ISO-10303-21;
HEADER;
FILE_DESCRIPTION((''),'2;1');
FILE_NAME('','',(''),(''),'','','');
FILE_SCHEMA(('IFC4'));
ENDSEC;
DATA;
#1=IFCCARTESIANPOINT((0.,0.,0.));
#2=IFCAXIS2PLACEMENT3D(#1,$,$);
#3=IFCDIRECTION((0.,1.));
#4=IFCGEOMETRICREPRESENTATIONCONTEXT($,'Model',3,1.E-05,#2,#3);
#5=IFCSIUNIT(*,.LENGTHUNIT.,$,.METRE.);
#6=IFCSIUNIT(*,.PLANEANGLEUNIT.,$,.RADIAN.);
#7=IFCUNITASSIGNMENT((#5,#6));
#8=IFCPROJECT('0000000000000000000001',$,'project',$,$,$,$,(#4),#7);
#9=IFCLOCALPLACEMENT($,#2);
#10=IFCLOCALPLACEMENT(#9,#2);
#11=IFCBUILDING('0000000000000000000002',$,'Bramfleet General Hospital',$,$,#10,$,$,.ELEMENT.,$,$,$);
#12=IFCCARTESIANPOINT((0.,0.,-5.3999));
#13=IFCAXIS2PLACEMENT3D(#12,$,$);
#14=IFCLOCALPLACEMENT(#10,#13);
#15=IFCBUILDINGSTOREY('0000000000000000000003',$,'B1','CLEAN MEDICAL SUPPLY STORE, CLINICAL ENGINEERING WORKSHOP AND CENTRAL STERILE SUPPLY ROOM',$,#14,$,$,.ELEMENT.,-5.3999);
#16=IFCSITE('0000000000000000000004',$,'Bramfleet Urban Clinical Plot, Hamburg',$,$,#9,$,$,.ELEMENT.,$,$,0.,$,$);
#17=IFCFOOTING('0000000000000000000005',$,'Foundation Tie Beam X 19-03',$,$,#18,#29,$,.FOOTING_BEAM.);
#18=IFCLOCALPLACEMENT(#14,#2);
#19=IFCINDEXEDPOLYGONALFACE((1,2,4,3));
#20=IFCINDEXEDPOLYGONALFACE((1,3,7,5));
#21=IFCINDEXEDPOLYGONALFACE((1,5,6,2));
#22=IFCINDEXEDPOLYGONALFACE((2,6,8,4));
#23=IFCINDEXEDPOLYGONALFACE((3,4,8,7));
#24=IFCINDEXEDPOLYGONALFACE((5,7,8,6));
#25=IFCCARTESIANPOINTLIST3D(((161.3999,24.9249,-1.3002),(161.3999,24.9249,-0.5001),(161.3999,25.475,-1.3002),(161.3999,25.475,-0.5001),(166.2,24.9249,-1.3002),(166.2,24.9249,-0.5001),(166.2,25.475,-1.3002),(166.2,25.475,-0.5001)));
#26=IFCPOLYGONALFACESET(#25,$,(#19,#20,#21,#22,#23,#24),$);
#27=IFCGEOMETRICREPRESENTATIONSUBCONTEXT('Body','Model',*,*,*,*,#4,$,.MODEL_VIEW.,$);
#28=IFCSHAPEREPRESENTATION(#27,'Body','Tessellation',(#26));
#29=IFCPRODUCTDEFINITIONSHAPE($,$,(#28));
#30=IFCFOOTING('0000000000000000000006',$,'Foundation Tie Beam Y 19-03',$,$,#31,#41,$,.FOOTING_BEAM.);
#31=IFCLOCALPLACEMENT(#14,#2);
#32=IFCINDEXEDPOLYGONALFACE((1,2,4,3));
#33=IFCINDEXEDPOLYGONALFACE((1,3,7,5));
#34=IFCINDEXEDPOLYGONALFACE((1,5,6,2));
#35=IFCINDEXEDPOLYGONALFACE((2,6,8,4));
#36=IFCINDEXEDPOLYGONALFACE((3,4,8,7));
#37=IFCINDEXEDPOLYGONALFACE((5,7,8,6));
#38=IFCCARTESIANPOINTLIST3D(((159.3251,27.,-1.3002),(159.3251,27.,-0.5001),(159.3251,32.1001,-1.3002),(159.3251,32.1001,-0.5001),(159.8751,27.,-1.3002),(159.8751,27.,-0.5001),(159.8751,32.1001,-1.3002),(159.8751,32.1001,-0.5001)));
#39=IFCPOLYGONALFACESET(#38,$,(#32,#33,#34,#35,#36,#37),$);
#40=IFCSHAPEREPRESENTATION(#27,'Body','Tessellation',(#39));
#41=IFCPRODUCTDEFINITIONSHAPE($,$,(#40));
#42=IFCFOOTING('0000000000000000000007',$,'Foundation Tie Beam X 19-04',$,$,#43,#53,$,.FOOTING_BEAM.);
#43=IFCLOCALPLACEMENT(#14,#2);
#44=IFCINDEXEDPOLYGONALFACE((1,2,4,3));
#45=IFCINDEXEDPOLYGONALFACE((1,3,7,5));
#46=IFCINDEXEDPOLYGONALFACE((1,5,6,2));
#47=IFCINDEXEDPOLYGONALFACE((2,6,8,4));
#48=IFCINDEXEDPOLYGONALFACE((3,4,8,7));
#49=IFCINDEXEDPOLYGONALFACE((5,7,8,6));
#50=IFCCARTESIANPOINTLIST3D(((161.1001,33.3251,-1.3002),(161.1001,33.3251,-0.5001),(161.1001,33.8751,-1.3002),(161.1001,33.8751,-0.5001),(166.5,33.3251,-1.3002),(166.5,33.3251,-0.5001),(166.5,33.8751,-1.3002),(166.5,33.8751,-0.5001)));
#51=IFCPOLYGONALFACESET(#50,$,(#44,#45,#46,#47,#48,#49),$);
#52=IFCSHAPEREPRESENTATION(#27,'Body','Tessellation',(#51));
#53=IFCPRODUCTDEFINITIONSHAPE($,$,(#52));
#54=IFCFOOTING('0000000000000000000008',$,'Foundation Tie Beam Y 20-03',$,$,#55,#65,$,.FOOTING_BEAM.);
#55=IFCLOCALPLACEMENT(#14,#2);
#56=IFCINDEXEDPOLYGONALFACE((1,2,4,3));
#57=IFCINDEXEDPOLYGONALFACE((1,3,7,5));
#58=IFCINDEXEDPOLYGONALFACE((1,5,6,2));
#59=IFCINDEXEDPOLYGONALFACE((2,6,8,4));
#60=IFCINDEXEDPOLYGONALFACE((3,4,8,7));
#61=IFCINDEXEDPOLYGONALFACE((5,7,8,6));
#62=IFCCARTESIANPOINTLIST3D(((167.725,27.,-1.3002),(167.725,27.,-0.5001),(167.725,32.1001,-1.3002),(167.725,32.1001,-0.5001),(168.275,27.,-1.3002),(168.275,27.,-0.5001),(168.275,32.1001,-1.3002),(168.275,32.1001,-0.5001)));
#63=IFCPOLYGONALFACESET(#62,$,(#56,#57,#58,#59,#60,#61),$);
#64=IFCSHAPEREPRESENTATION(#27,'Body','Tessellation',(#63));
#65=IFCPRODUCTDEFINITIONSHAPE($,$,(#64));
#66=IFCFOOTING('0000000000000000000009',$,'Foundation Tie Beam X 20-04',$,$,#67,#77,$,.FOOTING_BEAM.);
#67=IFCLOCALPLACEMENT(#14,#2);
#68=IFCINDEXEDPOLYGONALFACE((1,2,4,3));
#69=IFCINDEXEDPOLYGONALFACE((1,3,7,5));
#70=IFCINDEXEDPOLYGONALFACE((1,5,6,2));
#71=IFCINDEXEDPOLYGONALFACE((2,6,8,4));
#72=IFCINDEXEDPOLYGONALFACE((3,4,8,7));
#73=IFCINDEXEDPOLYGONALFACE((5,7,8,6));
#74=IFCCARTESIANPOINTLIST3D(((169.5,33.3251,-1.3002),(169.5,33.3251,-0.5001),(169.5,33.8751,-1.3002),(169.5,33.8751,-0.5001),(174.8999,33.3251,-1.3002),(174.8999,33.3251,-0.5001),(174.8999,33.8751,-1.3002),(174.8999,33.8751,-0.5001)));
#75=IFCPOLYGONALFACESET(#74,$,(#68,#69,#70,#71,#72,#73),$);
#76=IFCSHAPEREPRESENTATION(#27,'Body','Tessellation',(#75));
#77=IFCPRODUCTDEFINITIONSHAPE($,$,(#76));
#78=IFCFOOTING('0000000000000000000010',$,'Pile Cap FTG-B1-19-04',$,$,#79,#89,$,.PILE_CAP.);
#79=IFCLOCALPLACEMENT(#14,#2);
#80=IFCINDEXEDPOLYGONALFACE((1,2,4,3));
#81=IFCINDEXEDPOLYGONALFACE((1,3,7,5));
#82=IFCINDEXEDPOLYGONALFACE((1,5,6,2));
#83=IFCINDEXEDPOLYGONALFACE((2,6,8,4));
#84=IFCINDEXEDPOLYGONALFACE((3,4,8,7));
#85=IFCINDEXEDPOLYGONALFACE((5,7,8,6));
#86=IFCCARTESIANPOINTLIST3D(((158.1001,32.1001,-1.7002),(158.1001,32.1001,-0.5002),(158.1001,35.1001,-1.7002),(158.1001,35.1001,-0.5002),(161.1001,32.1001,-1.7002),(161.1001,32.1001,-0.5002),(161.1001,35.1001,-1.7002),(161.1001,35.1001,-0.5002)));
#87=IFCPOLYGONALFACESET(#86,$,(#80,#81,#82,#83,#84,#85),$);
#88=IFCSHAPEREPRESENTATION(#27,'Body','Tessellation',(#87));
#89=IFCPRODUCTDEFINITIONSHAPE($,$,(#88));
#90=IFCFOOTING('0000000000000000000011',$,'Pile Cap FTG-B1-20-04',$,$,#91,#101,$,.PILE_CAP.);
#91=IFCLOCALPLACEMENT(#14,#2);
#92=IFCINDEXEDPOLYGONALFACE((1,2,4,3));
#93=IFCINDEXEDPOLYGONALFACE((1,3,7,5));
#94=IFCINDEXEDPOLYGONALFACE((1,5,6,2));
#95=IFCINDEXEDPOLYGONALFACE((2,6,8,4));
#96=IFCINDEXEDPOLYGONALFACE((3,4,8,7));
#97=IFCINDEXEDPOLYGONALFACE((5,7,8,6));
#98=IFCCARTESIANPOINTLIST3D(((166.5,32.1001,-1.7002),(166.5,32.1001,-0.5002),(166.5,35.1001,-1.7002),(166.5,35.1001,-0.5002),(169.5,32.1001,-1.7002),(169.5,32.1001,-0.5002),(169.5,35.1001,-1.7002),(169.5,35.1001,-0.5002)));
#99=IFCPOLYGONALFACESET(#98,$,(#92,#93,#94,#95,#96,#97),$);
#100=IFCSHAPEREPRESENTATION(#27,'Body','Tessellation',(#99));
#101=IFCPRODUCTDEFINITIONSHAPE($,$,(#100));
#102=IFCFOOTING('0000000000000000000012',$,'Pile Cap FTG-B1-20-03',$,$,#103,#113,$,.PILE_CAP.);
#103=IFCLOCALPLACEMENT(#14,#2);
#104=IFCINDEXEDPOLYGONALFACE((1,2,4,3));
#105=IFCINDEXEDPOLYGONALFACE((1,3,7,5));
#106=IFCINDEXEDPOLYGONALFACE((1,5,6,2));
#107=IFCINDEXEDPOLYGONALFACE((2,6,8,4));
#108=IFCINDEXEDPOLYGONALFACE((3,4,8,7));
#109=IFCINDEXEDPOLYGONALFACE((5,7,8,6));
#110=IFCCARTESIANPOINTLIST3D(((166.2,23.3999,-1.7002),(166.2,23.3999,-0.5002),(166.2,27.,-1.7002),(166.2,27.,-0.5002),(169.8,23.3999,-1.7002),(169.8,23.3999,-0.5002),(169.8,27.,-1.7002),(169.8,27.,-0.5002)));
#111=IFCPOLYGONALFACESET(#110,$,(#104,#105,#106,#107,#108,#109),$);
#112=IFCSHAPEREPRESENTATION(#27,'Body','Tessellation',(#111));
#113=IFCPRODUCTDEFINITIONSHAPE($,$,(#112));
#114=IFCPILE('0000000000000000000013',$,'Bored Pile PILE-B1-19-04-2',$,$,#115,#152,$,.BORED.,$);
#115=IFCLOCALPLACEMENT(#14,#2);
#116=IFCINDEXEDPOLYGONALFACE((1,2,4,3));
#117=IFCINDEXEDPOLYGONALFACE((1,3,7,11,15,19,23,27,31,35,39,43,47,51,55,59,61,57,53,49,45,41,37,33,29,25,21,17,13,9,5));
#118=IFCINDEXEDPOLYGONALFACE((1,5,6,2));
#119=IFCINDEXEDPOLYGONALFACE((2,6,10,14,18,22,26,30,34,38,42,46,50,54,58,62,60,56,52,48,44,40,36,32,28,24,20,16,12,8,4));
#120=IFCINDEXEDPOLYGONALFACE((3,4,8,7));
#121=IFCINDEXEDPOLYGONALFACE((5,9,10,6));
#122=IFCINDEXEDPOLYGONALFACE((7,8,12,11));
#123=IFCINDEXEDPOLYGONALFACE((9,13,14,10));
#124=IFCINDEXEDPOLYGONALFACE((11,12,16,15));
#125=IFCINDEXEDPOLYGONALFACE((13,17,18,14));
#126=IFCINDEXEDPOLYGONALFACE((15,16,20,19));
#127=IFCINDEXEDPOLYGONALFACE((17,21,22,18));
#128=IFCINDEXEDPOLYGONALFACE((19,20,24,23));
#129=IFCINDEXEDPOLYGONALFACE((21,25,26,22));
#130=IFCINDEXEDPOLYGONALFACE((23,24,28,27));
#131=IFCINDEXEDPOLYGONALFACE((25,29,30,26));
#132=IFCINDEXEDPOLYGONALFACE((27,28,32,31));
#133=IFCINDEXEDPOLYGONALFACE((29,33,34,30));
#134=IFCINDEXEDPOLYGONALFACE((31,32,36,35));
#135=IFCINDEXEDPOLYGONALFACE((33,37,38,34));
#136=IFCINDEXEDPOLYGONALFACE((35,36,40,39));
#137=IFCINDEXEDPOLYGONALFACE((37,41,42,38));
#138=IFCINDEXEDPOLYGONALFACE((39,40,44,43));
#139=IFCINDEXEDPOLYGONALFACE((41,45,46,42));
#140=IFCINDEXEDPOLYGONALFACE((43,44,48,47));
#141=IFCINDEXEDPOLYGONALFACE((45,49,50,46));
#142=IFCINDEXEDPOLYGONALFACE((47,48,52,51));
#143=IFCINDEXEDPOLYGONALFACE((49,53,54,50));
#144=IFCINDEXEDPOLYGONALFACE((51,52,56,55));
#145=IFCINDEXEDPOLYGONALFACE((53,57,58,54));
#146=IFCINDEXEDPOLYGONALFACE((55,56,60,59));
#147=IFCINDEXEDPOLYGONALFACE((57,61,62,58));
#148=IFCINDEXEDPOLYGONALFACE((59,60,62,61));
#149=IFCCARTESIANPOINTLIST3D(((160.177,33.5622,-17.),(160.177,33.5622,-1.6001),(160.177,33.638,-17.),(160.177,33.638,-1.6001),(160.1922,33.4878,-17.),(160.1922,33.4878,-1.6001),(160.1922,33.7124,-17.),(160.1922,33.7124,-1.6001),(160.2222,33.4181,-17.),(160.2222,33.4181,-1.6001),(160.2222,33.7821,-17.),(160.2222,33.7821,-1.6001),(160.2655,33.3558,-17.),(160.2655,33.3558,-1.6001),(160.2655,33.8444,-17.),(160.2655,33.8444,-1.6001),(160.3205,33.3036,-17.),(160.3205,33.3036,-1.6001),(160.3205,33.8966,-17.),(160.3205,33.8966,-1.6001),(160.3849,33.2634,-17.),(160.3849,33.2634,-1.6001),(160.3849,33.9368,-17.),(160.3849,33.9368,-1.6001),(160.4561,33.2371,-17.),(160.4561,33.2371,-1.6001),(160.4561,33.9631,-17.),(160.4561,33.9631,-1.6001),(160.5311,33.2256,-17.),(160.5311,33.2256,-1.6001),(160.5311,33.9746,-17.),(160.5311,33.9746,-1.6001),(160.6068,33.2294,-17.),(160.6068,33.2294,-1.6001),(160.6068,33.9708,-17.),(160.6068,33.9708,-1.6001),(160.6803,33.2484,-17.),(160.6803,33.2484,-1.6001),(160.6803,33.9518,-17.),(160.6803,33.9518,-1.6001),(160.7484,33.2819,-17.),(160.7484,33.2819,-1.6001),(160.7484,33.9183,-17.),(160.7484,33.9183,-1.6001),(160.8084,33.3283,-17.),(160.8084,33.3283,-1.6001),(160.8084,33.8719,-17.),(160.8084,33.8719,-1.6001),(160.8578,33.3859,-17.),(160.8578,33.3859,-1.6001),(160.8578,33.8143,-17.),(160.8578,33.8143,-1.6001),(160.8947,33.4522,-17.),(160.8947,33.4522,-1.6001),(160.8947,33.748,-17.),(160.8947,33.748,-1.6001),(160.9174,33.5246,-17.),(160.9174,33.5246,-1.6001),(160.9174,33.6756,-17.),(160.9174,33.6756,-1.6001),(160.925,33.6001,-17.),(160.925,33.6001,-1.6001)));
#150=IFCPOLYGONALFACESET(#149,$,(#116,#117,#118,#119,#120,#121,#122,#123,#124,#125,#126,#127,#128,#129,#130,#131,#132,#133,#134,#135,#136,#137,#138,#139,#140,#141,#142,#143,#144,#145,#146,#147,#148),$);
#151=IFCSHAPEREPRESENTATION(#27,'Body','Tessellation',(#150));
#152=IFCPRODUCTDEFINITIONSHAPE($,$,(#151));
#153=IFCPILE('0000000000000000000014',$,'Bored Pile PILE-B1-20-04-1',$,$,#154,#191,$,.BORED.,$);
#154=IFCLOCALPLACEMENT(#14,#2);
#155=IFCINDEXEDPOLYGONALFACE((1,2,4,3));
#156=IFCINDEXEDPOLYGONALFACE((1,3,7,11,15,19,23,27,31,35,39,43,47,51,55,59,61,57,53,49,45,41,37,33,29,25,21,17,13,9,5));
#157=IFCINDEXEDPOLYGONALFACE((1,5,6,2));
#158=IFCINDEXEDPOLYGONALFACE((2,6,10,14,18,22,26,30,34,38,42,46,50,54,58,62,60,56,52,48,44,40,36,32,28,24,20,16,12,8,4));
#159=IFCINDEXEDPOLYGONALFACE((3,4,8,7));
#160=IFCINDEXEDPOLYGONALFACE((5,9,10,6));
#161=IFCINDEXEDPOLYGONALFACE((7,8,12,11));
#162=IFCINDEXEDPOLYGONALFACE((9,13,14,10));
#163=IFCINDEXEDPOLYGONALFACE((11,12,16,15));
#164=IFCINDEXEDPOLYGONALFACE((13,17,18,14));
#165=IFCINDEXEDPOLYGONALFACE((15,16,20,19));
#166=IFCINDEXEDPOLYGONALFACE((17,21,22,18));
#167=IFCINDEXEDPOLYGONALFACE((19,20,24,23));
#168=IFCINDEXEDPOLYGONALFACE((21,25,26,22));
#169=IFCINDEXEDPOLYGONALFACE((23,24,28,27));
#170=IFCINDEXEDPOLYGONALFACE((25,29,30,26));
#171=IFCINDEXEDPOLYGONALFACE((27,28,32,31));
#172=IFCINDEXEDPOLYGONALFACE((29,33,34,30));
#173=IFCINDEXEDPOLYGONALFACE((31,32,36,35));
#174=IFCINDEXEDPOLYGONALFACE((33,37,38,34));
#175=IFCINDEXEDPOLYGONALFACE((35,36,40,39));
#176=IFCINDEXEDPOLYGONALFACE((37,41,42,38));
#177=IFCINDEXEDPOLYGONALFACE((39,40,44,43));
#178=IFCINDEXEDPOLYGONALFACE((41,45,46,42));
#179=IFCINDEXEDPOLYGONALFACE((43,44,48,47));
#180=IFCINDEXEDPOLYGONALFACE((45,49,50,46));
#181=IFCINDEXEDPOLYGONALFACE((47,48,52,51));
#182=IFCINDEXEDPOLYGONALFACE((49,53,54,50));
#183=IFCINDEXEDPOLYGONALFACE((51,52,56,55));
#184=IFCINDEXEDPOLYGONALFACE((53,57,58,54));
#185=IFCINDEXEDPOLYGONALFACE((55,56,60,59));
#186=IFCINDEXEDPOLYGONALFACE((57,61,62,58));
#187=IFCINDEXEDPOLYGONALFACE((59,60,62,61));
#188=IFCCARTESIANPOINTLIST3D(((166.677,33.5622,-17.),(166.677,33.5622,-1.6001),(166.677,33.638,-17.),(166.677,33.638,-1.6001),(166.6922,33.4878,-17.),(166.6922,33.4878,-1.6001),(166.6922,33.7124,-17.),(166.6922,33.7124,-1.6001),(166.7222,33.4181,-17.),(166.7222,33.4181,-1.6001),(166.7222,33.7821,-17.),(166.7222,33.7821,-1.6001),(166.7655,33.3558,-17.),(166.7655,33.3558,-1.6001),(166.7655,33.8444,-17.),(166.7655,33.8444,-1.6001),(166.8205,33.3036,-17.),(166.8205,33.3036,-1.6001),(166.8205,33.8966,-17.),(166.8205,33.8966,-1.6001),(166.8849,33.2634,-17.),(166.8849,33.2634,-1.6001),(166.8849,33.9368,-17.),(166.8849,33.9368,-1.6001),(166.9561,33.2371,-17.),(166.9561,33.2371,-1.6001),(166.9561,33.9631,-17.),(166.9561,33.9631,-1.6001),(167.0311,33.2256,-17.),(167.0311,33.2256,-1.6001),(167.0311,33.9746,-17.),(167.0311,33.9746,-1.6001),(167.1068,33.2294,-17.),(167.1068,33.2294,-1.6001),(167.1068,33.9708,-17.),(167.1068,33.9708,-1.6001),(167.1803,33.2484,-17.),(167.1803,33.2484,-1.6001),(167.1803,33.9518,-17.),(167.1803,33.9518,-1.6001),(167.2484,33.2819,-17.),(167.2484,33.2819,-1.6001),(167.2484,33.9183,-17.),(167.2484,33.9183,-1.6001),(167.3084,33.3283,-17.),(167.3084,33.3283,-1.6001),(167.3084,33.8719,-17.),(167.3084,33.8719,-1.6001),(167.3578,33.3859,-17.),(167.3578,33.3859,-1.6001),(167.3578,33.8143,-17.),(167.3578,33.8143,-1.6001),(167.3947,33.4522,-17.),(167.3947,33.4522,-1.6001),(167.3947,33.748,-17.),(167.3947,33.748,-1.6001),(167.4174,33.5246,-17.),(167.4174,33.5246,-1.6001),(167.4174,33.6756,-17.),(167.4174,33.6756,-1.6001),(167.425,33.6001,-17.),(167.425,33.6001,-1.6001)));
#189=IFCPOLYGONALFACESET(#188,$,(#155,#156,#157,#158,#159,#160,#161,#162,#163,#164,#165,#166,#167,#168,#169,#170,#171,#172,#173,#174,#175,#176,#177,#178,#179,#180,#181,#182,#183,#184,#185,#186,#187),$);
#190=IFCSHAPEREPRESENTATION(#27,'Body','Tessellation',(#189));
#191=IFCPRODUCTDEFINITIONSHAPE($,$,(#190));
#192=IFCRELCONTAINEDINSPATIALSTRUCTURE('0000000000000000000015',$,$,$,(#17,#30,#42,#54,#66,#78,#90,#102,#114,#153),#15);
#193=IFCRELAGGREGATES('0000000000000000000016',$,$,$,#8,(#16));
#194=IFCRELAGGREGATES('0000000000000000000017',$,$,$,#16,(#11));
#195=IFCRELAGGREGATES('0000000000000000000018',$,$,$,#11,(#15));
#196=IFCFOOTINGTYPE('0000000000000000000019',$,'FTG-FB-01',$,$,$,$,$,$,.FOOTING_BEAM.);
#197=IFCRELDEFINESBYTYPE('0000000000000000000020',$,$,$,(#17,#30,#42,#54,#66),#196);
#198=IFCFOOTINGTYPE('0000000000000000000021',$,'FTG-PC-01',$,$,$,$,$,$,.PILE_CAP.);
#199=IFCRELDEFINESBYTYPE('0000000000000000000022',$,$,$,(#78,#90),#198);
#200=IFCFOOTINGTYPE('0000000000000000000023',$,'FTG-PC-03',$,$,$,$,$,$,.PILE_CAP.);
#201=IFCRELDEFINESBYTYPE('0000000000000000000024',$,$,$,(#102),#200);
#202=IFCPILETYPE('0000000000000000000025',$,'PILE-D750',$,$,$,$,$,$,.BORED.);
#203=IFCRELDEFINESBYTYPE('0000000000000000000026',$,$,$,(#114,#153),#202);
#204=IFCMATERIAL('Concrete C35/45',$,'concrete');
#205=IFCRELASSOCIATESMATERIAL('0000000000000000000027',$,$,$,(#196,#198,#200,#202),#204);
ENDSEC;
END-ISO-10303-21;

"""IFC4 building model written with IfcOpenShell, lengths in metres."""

from ifc_helpers import new_model, si_unit, direction, frame, origin, origin_2d, place, context, subcontext, project, spatial, rectangle, circle, extrude, material, material_profile, profile_set, type_object, element, save


model = new_model("IFC4")

# Units and contexts
model_context = context("Model", 3, precision=1e-05, world=origin(), true_north=direction((0.0, 1.0)))
body_context = subcontext(model_context, "Body", "Model", "MODEL_VIEW")
ifc_project = project(units=[si_unit("LENGTHUNIT", "METRE"), si_unit("PLANEANGLEUNIT", "RADIAN")], contexts=[model_context])

# Site, building, storey
site_placement = place(None, origin())
site = spatial("IfcSite", under=ifc_project, at=site_placement, Name="Bramfleet Urban Clinical Plot, Hamburg", CompositionType="ELEMENT", RefElevation=0.0)
building_placement = place(site_placement, origin())
building = spatial("IfcBuilding", under=site, at=building_placement, Name="Bramfleet General Hospital", CompositionType="ELEMENT")
storey_placement = place(building_placement, frame((0.0, 0.0, -5.3999)))
storey = spatial("IfcBuildingStorey", under=building, at=storey_placement, Name="B1", Description="CLEAN MEDICAL SUPPLY STORE, CLINICAL ENGINEERING WORKSHOP AND CENTRAL STERILE SUPPLY ROOM", CompositionType="ELEMENT", Elevation=-5.3999)

# Footings
ifc_material_1 = material(Name="Concrete C35/45", Category="concrete")
ifc_material_profile_1 = material_profile(ifc_material_1, rectangle(XDim=0.55, YDim=0.8, at=origin_2d()), Name="RC FB 800x550")
ifc_profile_set_1 = profile_set([ifc_material_profile_1], Name="Concrete C35/45")
footing_type_1 = type_object("IfcFootingType", Name="FTG-FB-01", PredefinedType="FOOTING_BEAM", material=ifc_profile_set_1)
footing_1_placement = place(storey_placement, frame((161.3999, 25.2, -0.9001), z_axis=(1.0, 0.0, 0.0), x_axis=(0.0, 1.0, 0.0)))
element("IfcFooting", 1, at=footing_1_placement, inside=storey, type_object=footing_type_1, Name="Foundation Tie Beam X 19-03", PredefinedType="FOOTING_BEAM", context=body_context, shape_type="SweptSolid", body=[
    extrude(rectangle(XDim=0.55, YDim=0.8, at=origin_2d()), origin(), (0.0, 0.0, 1.0), 4.8),
])
footing_2_placement = place(storey_placement, frame((159.6001, 27.0, -0.9001), z_axis=(0.0, 1.0, 0.0), x_axis=(-1.0, 0.0, 0.0)))
element("IfcFooting", 2, at=footing_2_placement, inside=storey, type_object=footing_type_1, Name="Foundation Tie Beam Y 19-03", PredefinedType="FOOTING_BEAM", context=body_context, shape_type="SweptSolid", body=[
    extrude(rectangle(XDim=0.55, YDim=0.8, at=origin_2d()), origin(), (0.0, 0.0, 1.0), 5.1001),
])
footing_3_placement = place(storey_placement, frame((161.1001, 33.6001, -0.9001), z_axis=(1.0, 0.0, 0.0), x_axis=(0.0, 1.0, 0.0)))
element("IfcFooting", 3, at=footing_3_placement, inside=storey, type_object=footing_type_1, Name="Foundation Tie Beam X 19-04", PredefinedType="FOOTING_BEAM", context=body_context, shape_type="SweptSolid", body=[
    extrude(rectangle(XDim=0.55, YDim=0.8, at=origin_2d()), origin(), (0.0, 0.0, 1.0), 5.3999),
])
footing_4_placement = place(storey_placement, frame((168.0, 27.0, -0.9001), z_axis=(0.0, 1.0, 0.0), x_axis=(-1.0, 0.0, 0.0)))
element("IfcFooting", 4, at=footing_4_placement, inside=storey, type_object=footing_type_1, Name="Foundation Tie Beam Y 20-03", PredefinedType="FOOTING_BEAM", context=body_context, shape_type="SweptSolid", body=[
    extrude(rectangle(XDim=0.55, YDim=0.8, at=origin_2d()), origin(), (0.0, 0.0, 1.0), 5.1001),
])
footing_5_placement = place(storey_placement, frame((169.5, 33.6001, -0.9001), z_axis=(1.0, 0.0, 0.0), x_axis=(0.0, 1.0, 0.0)))
element("IfcFooting", 5, at=footing_5_placement, inside=storey, type_object=footing_type_1, Name="Foundation Tie Beam X 20-04", PredefinedType="FOOTING_BEAM", context=body_context, shape_type="SweptSolid", body=[
    extrude(rectangle(XDim=0.55, YDim=0.8, at=origin_2d()), origin(), (0.0, 0.0, 1.0), 5.3999),
])
footing_type_2 = type_object("IfcFootingType", Name="FTG-PC-01", PredefinedType="PILE_CAP", material=ifc_material_1)
for number, where, z_axis, x_axis, name in (
    (6, (159.6001, 33.6001, -1.7002), (0.0, 0.0, 1.0), (1.0, 0.0, 0.0), "Pile Cap FTG-B1-19-04"),
    (7, (168.0, 33.6001, -1.7002), (0.0, 0.0, 1.0), (1.0, 0.0, 0.0), "Pile Cap FTG-B1-20-04"),
):
    element("IfcFooting", number, at=place(storey_placement, frame(where, z_axis=z_axis, x_axis=x_axis)), inside=storey, type_object=footing_type_2, Name=name, PredefinedType="PILE_CAP", context=body_context, shape_type="SweptSolid", body=[
        extrude(rectangle(XDim=3.0, YDim=3.0, at=origin_2d()), origin(), (0.0, 0.0, 1.0), 1.2),
    ])
footing_type_3 = type_object("IfcFootingType", Name="FTG-PC-03", PredefinedType="PILE_CAP", material=ifc_material_1)
footing_6_placement = place(storey_placement, frame((168.0, 25.2, -1.7002), z_axis=(0.0, 0.0, 1.0), x_axis=(1.0, 0.0, 0.0)))
element("IfcFooting", 8, at=footing_6_placement, inside=storey, type_object=footing_type_3, Name="Pile Cap FTG-B1-20-03", PredefinedType="PILE_CAP", context=body_context, shape_type="SweptSolid", body=[
    extrude(rectangle(XDim=3.6001, YDim=3.6001, at=origin_2d()), origin(), (0.0, 0.0, 1.0), 1.2),
])

# Piles
ifc_material_profile_2 = material_profile(ifc_material_1, circle(Radius=0.375, at=origin_2d()), Name="PILE BORED D750")
ifc_profile_set_2 = profile_set([ifc_material_profile_2], Name="Concrete C35/45")
pile_type_1 = type_object("IfcPileType", Name="PILE-D750", PredefinedType="BORED", material=ifc_profile_set_2)
for number, where, z_axis, x_axis, name in (
    (9, (160.55, 33.6001, -1.6001), (0.0, 0.0, -1.0), (1.0, 0.0, 0.0), "Bored Pile PILE-B1-19-04-2"),
    (10, (167.05, 33.6001, -1.6001), (0.0, 0.0, -1.0), (1.0, 0.0, 0.0), "Bored Pile PILE-B1-20-04-1"),
):
    element("IfcPile", number, at=place(storey_placement, frame(where, z_axis=z_axis, x_axis=x_axis)), inside=storey, type_object=pile_type_1, Name=name, PredefinedType="BORED", context=body_context, shape_type="SweptSolid", body=[
        extrude(circle(Radius=0.375, at=origin_2d()), origin(), (0.0, 0.0, 1.0), 15.3999),
    ])

save(model, "model.ifc")
